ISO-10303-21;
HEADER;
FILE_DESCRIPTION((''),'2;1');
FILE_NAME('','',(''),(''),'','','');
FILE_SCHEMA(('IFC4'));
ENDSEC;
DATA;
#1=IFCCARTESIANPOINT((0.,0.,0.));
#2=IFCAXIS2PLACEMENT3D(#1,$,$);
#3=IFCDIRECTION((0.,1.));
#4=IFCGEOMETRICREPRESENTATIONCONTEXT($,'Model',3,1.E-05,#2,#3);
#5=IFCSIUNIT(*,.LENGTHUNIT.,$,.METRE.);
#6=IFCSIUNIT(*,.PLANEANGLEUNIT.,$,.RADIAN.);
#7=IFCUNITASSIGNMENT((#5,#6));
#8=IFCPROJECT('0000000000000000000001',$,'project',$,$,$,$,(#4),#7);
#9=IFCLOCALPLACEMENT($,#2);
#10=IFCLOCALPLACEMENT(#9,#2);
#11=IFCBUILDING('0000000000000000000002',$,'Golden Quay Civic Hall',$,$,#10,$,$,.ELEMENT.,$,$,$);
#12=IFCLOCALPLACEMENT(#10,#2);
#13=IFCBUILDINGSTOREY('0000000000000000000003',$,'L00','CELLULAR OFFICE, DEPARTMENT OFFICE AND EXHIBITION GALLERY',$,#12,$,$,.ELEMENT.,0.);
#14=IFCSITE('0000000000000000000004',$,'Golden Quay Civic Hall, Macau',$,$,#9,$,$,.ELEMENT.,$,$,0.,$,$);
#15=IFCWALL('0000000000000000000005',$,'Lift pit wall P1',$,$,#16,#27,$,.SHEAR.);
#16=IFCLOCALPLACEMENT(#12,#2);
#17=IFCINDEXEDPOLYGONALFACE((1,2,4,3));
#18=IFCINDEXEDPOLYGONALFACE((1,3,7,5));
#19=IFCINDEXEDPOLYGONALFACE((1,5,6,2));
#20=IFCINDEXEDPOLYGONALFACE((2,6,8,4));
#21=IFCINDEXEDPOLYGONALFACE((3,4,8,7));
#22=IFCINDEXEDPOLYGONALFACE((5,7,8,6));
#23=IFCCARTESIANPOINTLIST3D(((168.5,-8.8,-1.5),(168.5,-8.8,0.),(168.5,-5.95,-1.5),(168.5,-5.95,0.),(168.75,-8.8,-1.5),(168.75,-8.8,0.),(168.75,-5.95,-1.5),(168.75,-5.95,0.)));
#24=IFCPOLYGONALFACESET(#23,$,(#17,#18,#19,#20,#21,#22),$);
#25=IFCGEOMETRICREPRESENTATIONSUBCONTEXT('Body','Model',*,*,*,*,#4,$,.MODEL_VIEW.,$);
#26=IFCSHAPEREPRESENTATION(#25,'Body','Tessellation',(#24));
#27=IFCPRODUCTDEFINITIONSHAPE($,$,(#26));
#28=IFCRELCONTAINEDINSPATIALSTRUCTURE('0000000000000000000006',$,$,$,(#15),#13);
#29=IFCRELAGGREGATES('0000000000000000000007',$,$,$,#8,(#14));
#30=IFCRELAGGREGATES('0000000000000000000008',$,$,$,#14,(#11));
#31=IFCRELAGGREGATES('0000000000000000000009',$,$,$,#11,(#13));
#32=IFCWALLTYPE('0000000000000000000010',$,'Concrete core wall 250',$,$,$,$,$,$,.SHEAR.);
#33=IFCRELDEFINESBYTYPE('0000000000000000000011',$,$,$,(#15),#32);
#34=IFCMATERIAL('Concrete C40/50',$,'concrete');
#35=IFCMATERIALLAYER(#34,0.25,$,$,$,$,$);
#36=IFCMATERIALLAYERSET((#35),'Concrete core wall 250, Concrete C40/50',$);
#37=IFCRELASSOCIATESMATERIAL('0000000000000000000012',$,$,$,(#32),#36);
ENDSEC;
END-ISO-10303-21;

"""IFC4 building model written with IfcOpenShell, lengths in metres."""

from ifc_helpers import new_model, si_unit, direction, frame, frame_2d, origin, place, context, subcontext, project, spatial, rectangle, extrude, material, layer, layer_set, type_object, element, save


model = new_model("IFC4")

# Units and contexts
model_context = context("Model", 3, precision=1e-05, world=origin(), true_north=direction((0.0, 1.0)))
body_context = subcontext(model_context, "Body", "Model", "MODEL_VIEW")
ifc_project = project(units=[si_unit("LENGTHUNIT", "METRE"), si_unit("PLANEANGLEUNIT", "RADIAN")], contexts=[model_context])

# Site, building, storey
site_placement = place(None, origin())
site = spatial("IfcSite", under=ifc_project, at=site_placement, Name="Golden Quay Civic Hall, Macau", CompositionType="ELEMENT", RefElevation=0.0)
building_placement = place(site_placement, origin())
building = spatial("IfcBuilding", under=site, at=building_placement, Name="Golden Quay Civic Hall", CompositionType="ELEMENT")
storey_placement = place(building_placement, origin())
storey = spatial("IfcBuildingStorey", under=building, at=storey_placement, Name="L00", Description="CELLULAR OFFICE, DEPARTMENT OFFICE AND EXHIBITION GALLERY", CompositionType="ELEMENT", Elevation=0.0)

# Wall
ifc_material_1 = material(Name="Concrete C40/50", Category="concrete")
ifc_layer_1 = layer(ifc_material_1, 0.25)
ifc_layer_set_1 = layer_set([ifc_layer_1], Name="Concrete core wall 250, Concrete C40/50")
wall_type_1 = type_object("IfcWallType", Name="Concrete core wall 250", PredefinedType="SHEAR", material=ifc_layer_set_1)
wall_1_placement = place(storey_placement, frame((168.625, -8.8, -1.5), z_axis=(0.0, 0.0, 1.0), x_axis=(0.0, 1.0, 0.0)))
element("IfcWall", 1, at=wall_1_placement, inside=storey, type_object=wall_type_1, Name="Lift pit wall P1", PredefinedType="SHEAR", context=body_context, shape_type="SweptSolid", body=[
    extrude(rectangle(XDim=2.8501, YDim=0.25, at=frame_2d((1.425, 0.0))), origin(), (0.0, 0.0, 1.0), 1.5),
])

save(model, "model.ifc")
